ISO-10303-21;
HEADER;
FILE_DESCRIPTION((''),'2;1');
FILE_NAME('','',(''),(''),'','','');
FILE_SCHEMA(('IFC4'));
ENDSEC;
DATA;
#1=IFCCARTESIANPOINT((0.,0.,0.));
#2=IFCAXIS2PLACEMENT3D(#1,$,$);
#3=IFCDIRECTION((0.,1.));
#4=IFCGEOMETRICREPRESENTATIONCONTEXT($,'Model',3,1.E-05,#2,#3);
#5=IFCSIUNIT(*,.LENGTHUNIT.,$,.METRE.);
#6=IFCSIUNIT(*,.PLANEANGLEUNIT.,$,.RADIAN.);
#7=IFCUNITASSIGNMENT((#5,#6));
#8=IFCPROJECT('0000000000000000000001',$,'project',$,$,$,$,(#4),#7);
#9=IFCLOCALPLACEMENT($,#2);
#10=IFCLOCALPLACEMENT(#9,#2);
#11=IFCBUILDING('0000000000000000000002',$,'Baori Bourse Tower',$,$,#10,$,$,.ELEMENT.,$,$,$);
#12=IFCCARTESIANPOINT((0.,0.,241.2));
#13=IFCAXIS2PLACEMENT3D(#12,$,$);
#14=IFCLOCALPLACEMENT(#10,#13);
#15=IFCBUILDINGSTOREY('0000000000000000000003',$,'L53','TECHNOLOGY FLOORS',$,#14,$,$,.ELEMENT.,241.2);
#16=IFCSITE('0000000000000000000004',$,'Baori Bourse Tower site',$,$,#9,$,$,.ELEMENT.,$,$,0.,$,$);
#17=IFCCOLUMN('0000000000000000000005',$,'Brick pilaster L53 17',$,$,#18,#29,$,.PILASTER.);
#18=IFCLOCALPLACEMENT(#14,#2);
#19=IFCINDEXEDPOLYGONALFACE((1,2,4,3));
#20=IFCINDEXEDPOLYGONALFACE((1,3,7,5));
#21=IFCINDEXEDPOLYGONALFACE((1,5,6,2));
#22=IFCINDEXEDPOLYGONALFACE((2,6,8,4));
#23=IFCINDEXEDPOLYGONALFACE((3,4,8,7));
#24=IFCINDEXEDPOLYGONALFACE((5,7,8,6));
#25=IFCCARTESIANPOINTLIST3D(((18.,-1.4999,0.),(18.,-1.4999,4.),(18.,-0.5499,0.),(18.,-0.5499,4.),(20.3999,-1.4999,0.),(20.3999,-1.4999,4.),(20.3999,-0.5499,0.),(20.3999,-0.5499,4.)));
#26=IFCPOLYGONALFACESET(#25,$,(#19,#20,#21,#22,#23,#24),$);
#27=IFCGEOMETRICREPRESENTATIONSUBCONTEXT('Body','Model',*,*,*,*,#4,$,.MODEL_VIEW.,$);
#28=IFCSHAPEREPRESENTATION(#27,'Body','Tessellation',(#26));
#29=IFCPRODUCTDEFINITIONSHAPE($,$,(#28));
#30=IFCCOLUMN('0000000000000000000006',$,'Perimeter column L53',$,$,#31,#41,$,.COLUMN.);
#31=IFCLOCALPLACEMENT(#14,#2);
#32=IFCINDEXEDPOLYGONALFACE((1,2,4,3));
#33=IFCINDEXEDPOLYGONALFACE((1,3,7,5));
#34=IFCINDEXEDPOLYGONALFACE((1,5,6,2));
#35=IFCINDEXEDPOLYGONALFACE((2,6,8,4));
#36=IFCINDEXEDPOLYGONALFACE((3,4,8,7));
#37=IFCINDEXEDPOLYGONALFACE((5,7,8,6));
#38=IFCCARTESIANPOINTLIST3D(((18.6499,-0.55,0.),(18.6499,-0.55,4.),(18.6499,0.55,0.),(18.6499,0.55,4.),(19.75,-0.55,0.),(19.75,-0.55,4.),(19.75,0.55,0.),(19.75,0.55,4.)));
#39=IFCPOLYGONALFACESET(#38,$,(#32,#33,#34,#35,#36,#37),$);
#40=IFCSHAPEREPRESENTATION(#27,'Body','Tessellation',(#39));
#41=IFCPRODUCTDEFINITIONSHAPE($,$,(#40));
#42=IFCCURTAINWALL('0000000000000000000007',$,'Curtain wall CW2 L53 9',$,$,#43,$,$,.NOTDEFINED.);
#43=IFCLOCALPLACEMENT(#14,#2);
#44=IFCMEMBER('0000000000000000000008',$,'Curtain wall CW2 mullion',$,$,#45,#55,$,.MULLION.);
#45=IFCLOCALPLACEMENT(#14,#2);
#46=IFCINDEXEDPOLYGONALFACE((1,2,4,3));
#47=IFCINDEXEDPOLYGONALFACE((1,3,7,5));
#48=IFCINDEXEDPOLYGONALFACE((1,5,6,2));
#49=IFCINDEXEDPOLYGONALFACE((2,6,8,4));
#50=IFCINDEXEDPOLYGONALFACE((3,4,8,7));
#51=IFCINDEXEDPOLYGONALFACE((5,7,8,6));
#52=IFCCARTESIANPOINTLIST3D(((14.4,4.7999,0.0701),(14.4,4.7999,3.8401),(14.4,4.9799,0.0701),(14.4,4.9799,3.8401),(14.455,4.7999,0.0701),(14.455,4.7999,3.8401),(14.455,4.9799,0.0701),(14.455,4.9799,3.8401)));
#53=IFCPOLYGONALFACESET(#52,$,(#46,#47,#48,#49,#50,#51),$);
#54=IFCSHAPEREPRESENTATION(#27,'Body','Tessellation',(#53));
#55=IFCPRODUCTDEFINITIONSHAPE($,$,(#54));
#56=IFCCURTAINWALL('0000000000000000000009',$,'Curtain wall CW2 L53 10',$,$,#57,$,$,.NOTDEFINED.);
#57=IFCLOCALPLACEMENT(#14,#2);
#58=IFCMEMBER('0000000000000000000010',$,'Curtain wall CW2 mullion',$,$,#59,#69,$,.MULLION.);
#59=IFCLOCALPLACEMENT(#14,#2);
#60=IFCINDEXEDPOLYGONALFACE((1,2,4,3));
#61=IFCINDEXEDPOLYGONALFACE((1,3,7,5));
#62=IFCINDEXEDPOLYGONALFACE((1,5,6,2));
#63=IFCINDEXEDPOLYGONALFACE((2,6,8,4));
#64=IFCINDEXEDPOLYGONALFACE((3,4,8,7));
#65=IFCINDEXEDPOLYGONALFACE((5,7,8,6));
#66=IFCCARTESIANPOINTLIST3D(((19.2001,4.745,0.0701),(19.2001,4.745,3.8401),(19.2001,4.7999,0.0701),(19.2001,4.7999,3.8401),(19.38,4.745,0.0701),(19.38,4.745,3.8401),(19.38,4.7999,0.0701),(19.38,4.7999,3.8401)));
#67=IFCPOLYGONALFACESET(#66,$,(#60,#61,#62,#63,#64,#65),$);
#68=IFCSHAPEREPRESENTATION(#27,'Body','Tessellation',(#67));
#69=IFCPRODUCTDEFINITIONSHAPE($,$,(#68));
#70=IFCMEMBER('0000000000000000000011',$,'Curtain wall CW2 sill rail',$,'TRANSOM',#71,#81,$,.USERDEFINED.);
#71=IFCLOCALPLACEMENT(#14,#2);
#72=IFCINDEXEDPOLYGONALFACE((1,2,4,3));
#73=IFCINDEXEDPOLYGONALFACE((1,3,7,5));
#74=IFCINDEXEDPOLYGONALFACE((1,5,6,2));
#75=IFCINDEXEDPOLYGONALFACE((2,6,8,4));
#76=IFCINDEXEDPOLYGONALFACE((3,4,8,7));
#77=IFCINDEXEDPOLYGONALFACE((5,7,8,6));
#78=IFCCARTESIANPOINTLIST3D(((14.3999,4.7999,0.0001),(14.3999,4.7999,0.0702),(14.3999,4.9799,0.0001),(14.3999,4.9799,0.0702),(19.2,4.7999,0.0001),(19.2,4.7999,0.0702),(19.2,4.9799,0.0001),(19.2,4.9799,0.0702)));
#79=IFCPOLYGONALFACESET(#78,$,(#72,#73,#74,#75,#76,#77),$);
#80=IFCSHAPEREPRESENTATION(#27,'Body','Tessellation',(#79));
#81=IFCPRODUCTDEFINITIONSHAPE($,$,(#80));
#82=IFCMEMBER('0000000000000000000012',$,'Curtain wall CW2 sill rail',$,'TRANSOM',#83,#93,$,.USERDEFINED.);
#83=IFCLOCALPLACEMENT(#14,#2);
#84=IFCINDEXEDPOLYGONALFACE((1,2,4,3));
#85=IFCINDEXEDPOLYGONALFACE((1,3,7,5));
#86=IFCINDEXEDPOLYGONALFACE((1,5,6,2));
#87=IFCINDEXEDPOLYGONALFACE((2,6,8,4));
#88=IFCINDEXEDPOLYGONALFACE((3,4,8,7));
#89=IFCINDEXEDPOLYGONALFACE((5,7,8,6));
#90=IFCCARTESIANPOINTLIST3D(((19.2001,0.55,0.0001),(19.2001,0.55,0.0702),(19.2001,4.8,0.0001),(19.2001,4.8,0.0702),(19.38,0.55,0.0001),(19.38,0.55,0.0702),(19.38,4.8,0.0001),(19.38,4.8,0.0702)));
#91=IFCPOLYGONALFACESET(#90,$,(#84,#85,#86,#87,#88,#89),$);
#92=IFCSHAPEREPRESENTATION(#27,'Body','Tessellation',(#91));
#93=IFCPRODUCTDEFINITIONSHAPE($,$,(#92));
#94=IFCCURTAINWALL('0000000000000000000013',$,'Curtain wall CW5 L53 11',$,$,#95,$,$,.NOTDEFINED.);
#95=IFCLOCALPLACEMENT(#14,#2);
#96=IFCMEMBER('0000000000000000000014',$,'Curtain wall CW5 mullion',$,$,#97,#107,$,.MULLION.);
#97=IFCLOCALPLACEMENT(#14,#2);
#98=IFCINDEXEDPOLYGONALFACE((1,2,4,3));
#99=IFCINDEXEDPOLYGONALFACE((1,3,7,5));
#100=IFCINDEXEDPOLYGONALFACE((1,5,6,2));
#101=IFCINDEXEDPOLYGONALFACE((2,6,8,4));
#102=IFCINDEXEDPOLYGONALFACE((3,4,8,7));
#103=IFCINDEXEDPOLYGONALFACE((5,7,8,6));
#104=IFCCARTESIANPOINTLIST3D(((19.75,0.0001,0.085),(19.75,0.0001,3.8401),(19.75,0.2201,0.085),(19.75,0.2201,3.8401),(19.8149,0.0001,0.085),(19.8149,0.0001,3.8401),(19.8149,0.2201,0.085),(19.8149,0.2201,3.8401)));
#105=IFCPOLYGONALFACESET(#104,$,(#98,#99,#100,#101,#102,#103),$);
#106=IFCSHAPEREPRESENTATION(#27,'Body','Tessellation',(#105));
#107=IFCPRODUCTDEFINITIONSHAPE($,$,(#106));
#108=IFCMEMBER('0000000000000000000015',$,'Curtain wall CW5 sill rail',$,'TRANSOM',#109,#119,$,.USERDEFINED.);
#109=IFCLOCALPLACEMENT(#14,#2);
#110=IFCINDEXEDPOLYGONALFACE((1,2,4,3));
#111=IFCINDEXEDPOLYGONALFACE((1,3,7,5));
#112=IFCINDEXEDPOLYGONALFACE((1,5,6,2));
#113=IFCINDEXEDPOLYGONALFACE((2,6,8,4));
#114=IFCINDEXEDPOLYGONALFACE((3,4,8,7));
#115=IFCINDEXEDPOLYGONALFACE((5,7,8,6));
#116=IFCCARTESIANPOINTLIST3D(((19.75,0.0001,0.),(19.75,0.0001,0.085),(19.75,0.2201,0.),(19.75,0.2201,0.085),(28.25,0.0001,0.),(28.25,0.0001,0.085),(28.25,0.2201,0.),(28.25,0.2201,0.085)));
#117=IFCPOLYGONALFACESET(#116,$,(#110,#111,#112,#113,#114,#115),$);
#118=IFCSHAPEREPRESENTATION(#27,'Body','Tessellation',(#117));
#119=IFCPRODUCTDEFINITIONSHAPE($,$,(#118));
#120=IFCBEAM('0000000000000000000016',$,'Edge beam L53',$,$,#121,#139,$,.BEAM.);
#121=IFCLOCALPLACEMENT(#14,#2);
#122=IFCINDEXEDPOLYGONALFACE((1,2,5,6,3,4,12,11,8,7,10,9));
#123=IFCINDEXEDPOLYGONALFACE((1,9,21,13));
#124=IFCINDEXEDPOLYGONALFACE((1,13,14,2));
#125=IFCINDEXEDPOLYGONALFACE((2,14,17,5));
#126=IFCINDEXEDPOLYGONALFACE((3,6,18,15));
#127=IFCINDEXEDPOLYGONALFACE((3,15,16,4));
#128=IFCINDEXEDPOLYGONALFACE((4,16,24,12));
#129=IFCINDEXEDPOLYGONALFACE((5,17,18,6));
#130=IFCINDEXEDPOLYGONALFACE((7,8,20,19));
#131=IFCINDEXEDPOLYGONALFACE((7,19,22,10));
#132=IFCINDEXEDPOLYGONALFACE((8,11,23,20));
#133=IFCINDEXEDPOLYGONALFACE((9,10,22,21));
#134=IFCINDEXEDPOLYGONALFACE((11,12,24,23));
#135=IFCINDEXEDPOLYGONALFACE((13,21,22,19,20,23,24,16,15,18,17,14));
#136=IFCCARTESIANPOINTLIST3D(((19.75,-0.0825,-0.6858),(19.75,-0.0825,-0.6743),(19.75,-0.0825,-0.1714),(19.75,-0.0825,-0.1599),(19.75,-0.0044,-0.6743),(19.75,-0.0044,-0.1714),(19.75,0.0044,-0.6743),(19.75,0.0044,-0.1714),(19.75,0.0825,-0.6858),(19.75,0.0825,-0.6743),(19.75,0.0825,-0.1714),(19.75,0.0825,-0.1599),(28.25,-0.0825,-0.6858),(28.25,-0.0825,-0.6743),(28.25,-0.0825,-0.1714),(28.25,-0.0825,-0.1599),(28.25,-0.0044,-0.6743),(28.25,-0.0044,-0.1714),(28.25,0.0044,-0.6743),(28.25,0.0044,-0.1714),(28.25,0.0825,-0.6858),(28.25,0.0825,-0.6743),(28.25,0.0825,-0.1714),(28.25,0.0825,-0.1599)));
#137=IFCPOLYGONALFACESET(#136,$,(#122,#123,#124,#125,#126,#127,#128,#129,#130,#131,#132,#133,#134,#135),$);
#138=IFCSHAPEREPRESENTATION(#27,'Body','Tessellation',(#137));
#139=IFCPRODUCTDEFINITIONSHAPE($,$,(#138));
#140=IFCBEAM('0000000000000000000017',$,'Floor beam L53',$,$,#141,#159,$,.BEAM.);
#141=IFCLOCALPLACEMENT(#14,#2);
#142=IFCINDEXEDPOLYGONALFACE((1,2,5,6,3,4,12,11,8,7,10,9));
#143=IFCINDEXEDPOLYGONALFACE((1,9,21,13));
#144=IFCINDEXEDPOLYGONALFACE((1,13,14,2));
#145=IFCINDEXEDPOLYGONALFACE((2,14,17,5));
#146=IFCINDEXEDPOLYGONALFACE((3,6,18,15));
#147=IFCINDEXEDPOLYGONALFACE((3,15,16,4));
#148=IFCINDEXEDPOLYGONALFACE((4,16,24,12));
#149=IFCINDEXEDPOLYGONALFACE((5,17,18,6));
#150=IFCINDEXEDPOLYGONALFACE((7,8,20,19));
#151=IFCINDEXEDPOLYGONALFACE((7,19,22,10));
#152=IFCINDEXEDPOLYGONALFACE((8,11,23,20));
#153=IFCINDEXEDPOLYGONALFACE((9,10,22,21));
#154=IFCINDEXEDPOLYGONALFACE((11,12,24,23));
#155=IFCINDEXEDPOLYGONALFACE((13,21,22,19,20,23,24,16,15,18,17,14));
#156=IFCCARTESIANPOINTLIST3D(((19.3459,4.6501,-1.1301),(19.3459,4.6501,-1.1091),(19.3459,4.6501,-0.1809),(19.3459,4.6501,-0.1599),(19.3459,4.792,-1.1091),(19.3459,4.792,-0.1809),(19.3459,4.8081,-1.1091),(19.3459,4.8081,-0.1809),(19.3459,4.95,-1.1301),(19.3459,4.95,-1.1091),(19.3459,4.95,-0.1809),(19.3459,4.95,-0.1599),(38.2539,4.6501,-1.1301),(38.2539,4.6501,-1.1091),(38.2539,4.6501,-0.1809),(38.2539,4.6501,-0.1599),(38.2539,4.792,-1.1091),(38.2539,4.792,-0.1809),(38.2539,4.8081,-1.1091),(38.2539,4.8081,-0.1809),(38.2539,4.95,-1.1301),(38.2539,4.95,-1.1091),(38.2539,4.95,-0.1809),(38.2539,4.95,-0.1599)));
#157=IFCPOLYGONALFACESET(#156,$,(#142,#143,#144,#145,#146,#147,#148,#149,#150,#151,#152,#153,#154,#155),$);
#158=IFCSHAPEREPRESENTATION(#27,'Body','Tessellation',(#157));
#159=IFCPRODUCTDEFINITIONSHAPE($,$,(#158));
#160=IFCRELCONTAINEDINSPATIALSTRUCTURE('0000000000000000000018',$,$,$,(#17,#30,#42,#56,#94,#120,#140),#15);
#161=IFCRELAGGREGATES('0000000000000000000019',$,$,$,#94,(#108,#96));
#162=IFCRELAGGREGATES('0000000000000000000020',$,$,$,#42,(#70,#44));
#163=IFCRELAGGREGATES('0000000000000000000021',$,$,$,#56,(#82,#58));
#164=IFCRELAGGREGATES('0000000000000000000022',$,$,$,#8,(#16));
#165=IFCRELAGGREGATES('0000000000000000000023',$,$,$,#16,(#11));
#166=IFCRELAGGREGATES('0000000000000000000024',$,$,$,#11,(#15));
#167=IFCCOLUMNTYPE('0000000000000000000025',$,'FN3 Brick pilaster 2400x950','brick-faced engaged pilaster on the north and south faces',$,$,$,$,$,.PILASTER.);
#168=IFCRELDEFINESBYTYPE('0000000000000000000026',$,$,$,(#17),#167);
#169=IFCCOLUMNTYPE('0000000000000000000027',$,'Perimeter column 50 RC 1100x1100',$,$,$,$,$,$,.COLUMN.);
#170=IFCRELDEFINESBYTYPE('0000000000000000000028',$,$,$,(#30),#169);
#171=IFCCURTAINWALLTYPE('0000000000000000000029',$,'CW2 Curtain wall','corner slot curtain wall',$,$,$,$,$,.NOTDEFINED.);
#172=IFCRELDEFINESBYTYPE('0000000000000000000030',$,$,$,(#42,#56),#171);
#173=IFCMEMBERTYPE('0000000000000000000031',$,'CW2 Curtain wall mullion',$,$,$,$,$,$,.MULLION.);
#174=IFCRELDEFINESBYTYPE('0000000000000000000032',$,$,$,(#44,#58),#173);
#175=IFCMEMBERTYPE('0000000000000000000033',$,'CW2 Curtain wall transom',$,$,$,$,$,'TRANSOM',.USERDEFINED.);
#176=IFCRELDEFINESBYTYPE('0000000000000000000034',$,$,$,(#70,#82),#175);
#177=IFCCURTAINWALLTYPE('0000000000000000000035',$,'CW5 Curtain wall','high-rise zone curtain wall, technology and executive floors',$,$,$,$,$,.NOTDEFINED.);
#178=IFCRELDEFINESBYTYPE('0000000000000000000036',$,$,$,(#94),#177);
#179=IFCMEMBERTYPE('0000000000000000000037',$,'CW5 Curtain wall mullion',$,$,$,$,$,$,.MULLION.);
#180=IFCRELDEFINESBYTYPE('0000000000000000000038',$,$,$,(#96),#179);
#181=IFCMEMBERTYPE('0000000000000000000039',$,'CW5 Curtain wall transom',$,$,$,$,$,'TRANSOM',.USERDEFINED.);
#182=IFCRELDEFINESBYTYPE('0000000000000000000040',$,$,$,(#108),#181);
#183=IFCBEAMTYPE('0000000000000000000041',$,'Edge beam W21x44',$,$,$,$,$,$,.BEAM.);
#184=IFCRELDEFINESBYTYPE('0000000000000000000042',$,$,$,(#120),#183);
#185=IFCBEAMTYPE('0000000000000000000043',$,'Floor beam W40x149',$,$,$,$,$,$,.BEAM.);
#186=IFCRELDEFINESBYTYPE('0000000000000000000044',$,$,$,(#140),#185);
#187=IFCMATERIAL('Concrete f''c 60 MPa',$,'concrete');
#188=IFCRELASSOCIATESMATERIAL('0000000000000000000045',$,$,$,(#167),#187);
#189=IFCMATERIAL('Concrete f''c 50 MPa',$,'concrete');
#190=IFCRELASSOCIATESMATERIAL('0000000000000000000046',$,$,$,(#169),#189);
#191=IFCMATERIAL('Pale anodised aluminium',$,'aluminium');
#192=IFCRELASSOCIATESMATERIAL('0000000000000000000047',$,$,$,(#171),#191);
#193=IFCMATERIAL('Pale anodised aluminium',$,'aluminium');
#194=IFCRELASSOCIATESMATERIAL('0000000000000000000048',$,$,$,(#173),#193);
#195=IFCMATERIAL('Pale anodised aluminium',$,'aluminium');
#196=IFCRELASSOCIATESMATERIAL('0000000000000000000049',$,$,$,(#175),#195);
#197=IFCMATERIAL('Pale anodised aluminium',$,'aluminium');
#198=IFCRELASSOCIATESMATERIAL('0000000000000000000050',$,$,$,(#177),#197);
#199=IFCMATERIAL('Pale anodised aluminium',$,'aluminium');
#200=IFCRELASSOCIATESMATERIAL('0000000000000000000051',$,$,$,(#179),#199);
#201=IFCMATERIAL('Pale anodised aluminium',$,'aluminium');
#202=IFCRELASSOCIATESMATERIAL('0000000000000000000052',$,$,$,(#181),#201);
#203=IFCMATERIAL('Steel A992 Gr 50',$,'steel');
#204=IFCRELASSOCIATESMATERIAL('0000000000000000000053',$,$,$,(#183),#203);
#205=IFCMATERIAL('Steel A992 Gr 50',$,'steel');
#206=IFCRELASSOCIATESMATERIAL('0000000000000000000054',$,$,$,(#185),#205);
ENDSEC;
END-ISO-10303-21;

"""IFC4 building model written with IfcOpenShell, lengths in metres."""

from ifc_helpers import new_model, si_unit, direction, frame, origin, origin_2d, place, context, subcontext, project, spatial, rectangle, i_section, extrude, material, material_profile, profile_set, type_object, element, aggregate, save


model = new_model("IFC4")

# Units and contexts
model_context = context("Model", 3, precision=1e-05, world=origin(), true_north=direction((0.0, 1.0)))
body_context = subcontext(model_context, "Body", "Model", "MODEL_VIEW")
ifc_project = project(units=[si_unit("LENGTHUNIT", "METRE"), si_unit("PLANEANGLEUNIT", "RADIAN")], contexts=[model_context])

# Site, building, storey
site_placement = place(None, origin())
site = spatial("IfcSite", under=ifc_project, at=site_placement, Name="Baori Bourse Tower site", CompositionType="ELEMENT", RefElevation=0.0)
building_placement = place(site_placement, origin())
building = spatial("IfcBuilding", under=site, at=building_placement, Name="Baori Bourse Tower", CompositionType="ELEMENT")
storey_placement = place(building_placement, frame((0.0, 0.0, 241.2)))
storey = spatial("IfcBuildingStorey", under=building, at=storey_placement, Name="L53", Description="TECHNOLOGY FLOORS", CompositionType="ELEMENT", Elevation=241.2)

# Columns
ifc_material_1 = material(Name="Concrete f'c 60 MPa", Category="concrete")
ifc_material_profile_1 = material_profile(ifc_material_1, rectangle(XDim=2.3999, YDim=0.95, at=origin_2d()), Name="RC 2400x950")
ifc_profile_set_1 = profile_set([ifc_material_profile_1], Name="Concrete f'c 60 MPa")
column_type_1 = type_object("IfcColumnType", Name="FN3 Brick pilaster 2400x950", Description="brick-faced engaged pilaster on the north and south faces", PredefinedType="PILASTER", material=ifc_profile_set_1)
column_1_placement = place(storey_placement, frame((19.2, -1.0249, 0.0), z_axis=(0.0, 0.0, 1.0), x_axis=(1.0, 0.0, 0.0)))
element("IfcColumn", 1, at=column_1_placement, inside=storey, type_object=column_type_1, Name="Brick pilaster L53 17", PredefinedType="PILASTER", context=body_context, shape_type="SweptSolid", body=[
    extrude(rectangle(XDim=2.3999, YDim=0.95, at=origin_2d()), origin(), (0.0, 0.0, 1.0), 4.0),
])
ifc_material_2 = material(Name="Concrete f'c 50 MPa", Category="concrete")
ifc_material_profile_2 = material_profile(ifc_material_2, rectangle(XDim=1.1001, YDim=1.1001, at=origin_2d()), Name="RC 1100x1100")
ifc_profile_set_2 = profile_set([ifc_material_profile_2], Name="Concrete f'c 50 MPa")
column_type_2 = type_object("IfcColumnType", Name="Perimeter column 50 RC 1100x1100", PredefinedType="COLUMN", material=ifc_profile_set_2)
column_2_placement = place(storey_placement, frame((19.2, 0.0, 0.0), z_axis=(0.0, 0.0, 1.0), x_axis=(1.0, 0.0, 0.0)))
element("IfcColumn", 2, at=column_2_placement, inside=storey, type_object=column_type_2, Name="Perimeter column L53", PredefinedType="COLUMN", context=body_context, shape_type="SweptSolid", body=[
    extrude(rectangle(XDim=1.1001, YDim=1.1001, at=origin_2d()), origin(), (0.0, 0.0, 1.0), 4.0),
])

# Curtain walls, members
ifc_material_3 = material(Name="Pale anodised aluminium", Category="aluminium")
curtain_wall_type_1 = type_object("IfcCurtainWallType", Name="CW2 Curtain wall", Description="corner slot curtain wall", PredefinedType="NOTDEFINED", material=ifc_material_3)
curtain_wall_1_placement = place(storey_placement, origin())
curtain_wall_1 = element("IfcCurtainWall", 3, at=curtain_wall_1_placement, inside=storey, type_object=curtain_wall_type_1, Name="Curtain wall CW2 L53 9", PredefinedType="NOTDEFINED")
ifc_material_4 = material(Name="Pale anodised aluminium", Category="aluminium")
ifc_material_profile_3 = material_profile(ifc_material_4, rectangle(XDim=0.1799, YDim=0.0549, at=origin_2d()), Name="Mullion 55x180")
ifc_profile_set_3 = profile_set([ifc_material_profile_3], Name="Pale anodised aluminium")
member_type_1 = type_object("IfcMemberType", Name="CW2 Curtain wall mullion", PredefinedType="MULLION", material=ifc_profile_set_3)
member_1_placement = place(storey_placement, frame((14.4275, 4.8899, 0.0701), z_axis=(0.0, 0.0, 1.0), x_axis=(0.0, 1.0, 0.0)))
member_1 = element("IfcMember", 4, at=member_1_placement, type_object=member_type_1, Name="Curtain wall CW2 mullion", PredefinedType="MULLION", context=body_context, shape_type="SweptSolid", body=[
    extrude(rectangle(XDim=0.1799, YDim=0.0549, at=origin_2d()), origin(), (0.0, 0.0, 1.0), 3.77),
])
curtain_wall_2_placement = place(storey_placement, origin())
curtain_wall_2 = element("IfcCurtainWall", 5, at=curtain_wall_2_placement, inside=storey, type_object=curtain_wall_type_1, Name="Curtain wall CW2 L53 10", PredefinedType="NOTDEFINED")
member_2_placement = place(storey_placement, frame((19.29, 4.7725, 0.0701), z_axis=(0.0, 0.0, 1.0), x_axis=(1.0, 0.0, 0.0)))
member_2 = element("IfcMember", 6, at=member_2_placement, type_object=member_type_1, Name="Curtain wall CW2 mullion", PredefinedType="MULLION", context=body_context, shape_type="SweptSolid", body=[
    extrude(rectangle(XDim=0.1799, YDim=0.0549, at=origin_2d()), origin(), (0.0, 0.0, 1.0), 3.77),
])

# Members
ifc_material_5 = material(Name="Pale anodised aluminium", Category="aluminium")
ifc_material_profile_4 = material_profile(ifc_material_5, rectangle(XDim=0.1799, YDim=0.0701, at=origin_2d()), Name="Transom 70x180")
ifc_profile_set_4 = profile_set([ifc_material_profile_4], Name="Pale anodised aluminium")
member_type_2 = type_object("IfcMemberType", Name="CW2 Curtain wall transom", ElementType="TRANSOM", PredefinedType="USERDEFINED", material=ifc_profile_set_4)
member_3_placement = place(storey_placement, frame((14.3999, 4.8899, 0.0352), z_axis=(1.0, 0.0, 0.0), x_axis=(0.0, 1.0, 0.0)))
member_3 = element("IfcMember", 7, at=member_3_placement, type_object=member_type_2, Name="Curtain wall CW2 sill rail", ObjectType="TRANSOM", PredefinedType="USERDEFINED", context=body_context, shape_type="SweptSolid", body=[
    extrude(rectangle(XDim=0.1799, YDim=0.0701, at=origin_2d()), origin(), (0.0, 0.0, 1.0), 4.8),
])
member_4_placement = place(storey_placement, frame((19.29, 4.8, 0.0352), z_axis=(0.0, -1.0, 0.0), x_axis=(1.0, 0.0, 0.0)))
member_4 = element("IfcMember", 8, at=member_4_placement, type_object=member_type_2, Name="Curtain wall CW2 sill rail", ObjectType="TRANSOM", PredefinedType="USERDEFINED", context=body_context, shape_type="SweptSolid", body=[
    extrude(rectangle(XDim=0.1799, YDim=0.0701, at=origin_2d()), origin(), (0.0, 0.0, 1.0), 4.25),
])

# Curtain wall, members
ifc_material_6 = material(Name="Pale anodised aluminium", Category="aluminium")
curtain_wall_type_2 = type_object("IfcCurtainWallType", Name="CW5 Curtain wall", Description="high-rise zone curtain wall, technology and executive floors", PredefinedType="NOTDEFINED", material=ifc_material_6)
curtain_wall_3_placement = place(storey_placement, origin())
curtain_wall_3 = element("IfcCurtainWall", 9, at=curtain_wall_3_placement, inside=storey, type_object=curtain_wall_type_2, Name="Curtain wall CW5 L53 11", PredefinedType="NOTDEFINED")
ifc_material_7 = material(Name="Pale anodised aluminium", Category="aluminium")
ifc_material_profile_5 = material_profile(ifc_material_7, rectangle(XDim=0.22, YDim=0.0649, at=origin_2d()), Name="Mullion 65x220")
ifc_profile_set_5 = profile_set([ifc_material_profile_5], Name="Pale anodised aluminium")
member_type_3 = type_object("IfcMemberType", Name="CW5 Curtain wall mullion", PredefinedType="MULLION", material=ifc_profile_set_5)
member_5_placement = place(storey_placement, frame((19.7825, 0.1101, 0.085), z_axis=(0.0, 0.0, 1.0), x_axis=(0.0, 1.0, 0.0)))
member_5 = element("IfcMember", 10, at=member_5_placement, type_object=member_type_3, Name="Curtain wall CW5 mullion", PredefinedType="MULLION", context=body_context, shape_type="SweptSolid", body=[
    extrude(rectangle(XDim=0.22, YDim=0.0649, at=origin_2d()), origin(), (0.0, 0.0, 1.0), 3.7551),
])
ifc_material_8 = material(Name="Pale anodised aluminium", Category="aluminium")
ifc_material_profile_6 = material_profile(ifc_material_8, rectangle(XDim=0.22, YDim=0.085, at=origin_2d()), Name="Transom 85x220")
ifc_profile_set_6 = profile_set([ifc_material_profile_6], Name="Pale anodised aluminium")
member_type_4 = type_object("IfcMemberType", Name="CW5 Curtain wall transom", ElementType="TRANSOM", PredefinedType="USERDEFINED", material=ifc_profile_set_6)
member_6_placement = place(storey_placement, frame((19.75, 0.1101, 0.0425), z_axis=(1.0, 0.0, 0.0), x_axis=(0.0, 1.0, 0.0)))
member_6 = element("IfcMember", 11, at=member_6_placement, type_object=member_type_4, Name="Curtain wall CW5 sill rail", ObjectType="TRANSOM", PredefinedType="USERDEFINED", context=body_context, shape_type="SweptSolid", body=[
    extrude(rectangle(XDim=0.22, YDim=0.085, at=origin_2d()), origin(), (0.0, 0.0, 1.0), 8.5),
])
aggregate(curtain_wall_3, [member_6, member_5])

# Beams
ifc_material_9 = material(Name="Steel A992 Gr 50", Category="steel")
ifc_material_profile_7 = material_profile(ifc_material_9, i_section(OverallWidth=0.165, OverallDepth=0.5259, WebThickness=0.0088, FlangeThickness=0.0115, at=origin_2d()), Name="W21x44")
ifc_profile_set_7 = profile_set([ifc_material_profile_7], Name="Steel A992 Gr 50")
beam_type_1 = type_object("IfcBeamType", Name="Edge beam W21x44", PredefinedType="BEAM", material=ifc_profile_set_7)
beam_1_placement = place(storey_placement, frame((19.75, 0.0, -0.4229), z_axis=(1.0, 0.0, 0.0), x_axis=(0.0, 1.0, 0.0)))
element("IfcBeam", 12, at=beam_1_placement, inside=storey, type_object=beam_type_1, Name="Edge beam L53", PredefinedType="BEAM", context=body_context, shape_type="SweptSolid", body=[
    extrude(i_section(OverallWidth=0.165, OverallDepth=0.5259, WebThickness=0.0088, FlangeThickness=0.0115, at=origin_2d()), origin(), (0.0, 0.0, 1.0), 8.5),
])
ifc_material_10 = material(Name="Steel A992 Gr 50", Category="steel")
ifc_material_profile_8 = material_profile(ifc_material_10, i_section(OverallWidth=0.2998, OverallDepth=0.9702, WebThickness=0.0161, FlangeThickness=0.021, at=origin_2d()), Name="W40x149")
ifc_profile_set_8 = profile_set([ifc_material_profile_8], Name="Steel A992 Gr 50")
beam_type_2 = type_object("IfcBeamType", Name="Floor beam W40x149", PredefinedType="BEAM", material=ifc_profile_set_8)
beam_2_placement = place(storey_placement, frame((19.3459, 4.8, -0.645), z_axis=(1.0, 0.0, 0.0), x_axis=(0.0, 1.0, 0.0)))
element("IfcBeam", 13, at=beam_2_placement, inside=storey, type_object=beam_type_2, Name="Floor beam L53", PredefinedType="BEAM", context=body_context, shape_type="SweptSolid", body=[
    extrude(i_section(OverallWidth=0.2998, OverallDepth=0.9702, WebThickness=0.0161, FlangeThickness=0.021, at=origin_2d()), origin(), (0.0, 0.0, 1.0), 18.908),
])

aggregate(curtain_wall_1, [member_3, member_1])
aggregate(curtain_wall_2, [member_4, member_2])

save(model, "model.ifc")
